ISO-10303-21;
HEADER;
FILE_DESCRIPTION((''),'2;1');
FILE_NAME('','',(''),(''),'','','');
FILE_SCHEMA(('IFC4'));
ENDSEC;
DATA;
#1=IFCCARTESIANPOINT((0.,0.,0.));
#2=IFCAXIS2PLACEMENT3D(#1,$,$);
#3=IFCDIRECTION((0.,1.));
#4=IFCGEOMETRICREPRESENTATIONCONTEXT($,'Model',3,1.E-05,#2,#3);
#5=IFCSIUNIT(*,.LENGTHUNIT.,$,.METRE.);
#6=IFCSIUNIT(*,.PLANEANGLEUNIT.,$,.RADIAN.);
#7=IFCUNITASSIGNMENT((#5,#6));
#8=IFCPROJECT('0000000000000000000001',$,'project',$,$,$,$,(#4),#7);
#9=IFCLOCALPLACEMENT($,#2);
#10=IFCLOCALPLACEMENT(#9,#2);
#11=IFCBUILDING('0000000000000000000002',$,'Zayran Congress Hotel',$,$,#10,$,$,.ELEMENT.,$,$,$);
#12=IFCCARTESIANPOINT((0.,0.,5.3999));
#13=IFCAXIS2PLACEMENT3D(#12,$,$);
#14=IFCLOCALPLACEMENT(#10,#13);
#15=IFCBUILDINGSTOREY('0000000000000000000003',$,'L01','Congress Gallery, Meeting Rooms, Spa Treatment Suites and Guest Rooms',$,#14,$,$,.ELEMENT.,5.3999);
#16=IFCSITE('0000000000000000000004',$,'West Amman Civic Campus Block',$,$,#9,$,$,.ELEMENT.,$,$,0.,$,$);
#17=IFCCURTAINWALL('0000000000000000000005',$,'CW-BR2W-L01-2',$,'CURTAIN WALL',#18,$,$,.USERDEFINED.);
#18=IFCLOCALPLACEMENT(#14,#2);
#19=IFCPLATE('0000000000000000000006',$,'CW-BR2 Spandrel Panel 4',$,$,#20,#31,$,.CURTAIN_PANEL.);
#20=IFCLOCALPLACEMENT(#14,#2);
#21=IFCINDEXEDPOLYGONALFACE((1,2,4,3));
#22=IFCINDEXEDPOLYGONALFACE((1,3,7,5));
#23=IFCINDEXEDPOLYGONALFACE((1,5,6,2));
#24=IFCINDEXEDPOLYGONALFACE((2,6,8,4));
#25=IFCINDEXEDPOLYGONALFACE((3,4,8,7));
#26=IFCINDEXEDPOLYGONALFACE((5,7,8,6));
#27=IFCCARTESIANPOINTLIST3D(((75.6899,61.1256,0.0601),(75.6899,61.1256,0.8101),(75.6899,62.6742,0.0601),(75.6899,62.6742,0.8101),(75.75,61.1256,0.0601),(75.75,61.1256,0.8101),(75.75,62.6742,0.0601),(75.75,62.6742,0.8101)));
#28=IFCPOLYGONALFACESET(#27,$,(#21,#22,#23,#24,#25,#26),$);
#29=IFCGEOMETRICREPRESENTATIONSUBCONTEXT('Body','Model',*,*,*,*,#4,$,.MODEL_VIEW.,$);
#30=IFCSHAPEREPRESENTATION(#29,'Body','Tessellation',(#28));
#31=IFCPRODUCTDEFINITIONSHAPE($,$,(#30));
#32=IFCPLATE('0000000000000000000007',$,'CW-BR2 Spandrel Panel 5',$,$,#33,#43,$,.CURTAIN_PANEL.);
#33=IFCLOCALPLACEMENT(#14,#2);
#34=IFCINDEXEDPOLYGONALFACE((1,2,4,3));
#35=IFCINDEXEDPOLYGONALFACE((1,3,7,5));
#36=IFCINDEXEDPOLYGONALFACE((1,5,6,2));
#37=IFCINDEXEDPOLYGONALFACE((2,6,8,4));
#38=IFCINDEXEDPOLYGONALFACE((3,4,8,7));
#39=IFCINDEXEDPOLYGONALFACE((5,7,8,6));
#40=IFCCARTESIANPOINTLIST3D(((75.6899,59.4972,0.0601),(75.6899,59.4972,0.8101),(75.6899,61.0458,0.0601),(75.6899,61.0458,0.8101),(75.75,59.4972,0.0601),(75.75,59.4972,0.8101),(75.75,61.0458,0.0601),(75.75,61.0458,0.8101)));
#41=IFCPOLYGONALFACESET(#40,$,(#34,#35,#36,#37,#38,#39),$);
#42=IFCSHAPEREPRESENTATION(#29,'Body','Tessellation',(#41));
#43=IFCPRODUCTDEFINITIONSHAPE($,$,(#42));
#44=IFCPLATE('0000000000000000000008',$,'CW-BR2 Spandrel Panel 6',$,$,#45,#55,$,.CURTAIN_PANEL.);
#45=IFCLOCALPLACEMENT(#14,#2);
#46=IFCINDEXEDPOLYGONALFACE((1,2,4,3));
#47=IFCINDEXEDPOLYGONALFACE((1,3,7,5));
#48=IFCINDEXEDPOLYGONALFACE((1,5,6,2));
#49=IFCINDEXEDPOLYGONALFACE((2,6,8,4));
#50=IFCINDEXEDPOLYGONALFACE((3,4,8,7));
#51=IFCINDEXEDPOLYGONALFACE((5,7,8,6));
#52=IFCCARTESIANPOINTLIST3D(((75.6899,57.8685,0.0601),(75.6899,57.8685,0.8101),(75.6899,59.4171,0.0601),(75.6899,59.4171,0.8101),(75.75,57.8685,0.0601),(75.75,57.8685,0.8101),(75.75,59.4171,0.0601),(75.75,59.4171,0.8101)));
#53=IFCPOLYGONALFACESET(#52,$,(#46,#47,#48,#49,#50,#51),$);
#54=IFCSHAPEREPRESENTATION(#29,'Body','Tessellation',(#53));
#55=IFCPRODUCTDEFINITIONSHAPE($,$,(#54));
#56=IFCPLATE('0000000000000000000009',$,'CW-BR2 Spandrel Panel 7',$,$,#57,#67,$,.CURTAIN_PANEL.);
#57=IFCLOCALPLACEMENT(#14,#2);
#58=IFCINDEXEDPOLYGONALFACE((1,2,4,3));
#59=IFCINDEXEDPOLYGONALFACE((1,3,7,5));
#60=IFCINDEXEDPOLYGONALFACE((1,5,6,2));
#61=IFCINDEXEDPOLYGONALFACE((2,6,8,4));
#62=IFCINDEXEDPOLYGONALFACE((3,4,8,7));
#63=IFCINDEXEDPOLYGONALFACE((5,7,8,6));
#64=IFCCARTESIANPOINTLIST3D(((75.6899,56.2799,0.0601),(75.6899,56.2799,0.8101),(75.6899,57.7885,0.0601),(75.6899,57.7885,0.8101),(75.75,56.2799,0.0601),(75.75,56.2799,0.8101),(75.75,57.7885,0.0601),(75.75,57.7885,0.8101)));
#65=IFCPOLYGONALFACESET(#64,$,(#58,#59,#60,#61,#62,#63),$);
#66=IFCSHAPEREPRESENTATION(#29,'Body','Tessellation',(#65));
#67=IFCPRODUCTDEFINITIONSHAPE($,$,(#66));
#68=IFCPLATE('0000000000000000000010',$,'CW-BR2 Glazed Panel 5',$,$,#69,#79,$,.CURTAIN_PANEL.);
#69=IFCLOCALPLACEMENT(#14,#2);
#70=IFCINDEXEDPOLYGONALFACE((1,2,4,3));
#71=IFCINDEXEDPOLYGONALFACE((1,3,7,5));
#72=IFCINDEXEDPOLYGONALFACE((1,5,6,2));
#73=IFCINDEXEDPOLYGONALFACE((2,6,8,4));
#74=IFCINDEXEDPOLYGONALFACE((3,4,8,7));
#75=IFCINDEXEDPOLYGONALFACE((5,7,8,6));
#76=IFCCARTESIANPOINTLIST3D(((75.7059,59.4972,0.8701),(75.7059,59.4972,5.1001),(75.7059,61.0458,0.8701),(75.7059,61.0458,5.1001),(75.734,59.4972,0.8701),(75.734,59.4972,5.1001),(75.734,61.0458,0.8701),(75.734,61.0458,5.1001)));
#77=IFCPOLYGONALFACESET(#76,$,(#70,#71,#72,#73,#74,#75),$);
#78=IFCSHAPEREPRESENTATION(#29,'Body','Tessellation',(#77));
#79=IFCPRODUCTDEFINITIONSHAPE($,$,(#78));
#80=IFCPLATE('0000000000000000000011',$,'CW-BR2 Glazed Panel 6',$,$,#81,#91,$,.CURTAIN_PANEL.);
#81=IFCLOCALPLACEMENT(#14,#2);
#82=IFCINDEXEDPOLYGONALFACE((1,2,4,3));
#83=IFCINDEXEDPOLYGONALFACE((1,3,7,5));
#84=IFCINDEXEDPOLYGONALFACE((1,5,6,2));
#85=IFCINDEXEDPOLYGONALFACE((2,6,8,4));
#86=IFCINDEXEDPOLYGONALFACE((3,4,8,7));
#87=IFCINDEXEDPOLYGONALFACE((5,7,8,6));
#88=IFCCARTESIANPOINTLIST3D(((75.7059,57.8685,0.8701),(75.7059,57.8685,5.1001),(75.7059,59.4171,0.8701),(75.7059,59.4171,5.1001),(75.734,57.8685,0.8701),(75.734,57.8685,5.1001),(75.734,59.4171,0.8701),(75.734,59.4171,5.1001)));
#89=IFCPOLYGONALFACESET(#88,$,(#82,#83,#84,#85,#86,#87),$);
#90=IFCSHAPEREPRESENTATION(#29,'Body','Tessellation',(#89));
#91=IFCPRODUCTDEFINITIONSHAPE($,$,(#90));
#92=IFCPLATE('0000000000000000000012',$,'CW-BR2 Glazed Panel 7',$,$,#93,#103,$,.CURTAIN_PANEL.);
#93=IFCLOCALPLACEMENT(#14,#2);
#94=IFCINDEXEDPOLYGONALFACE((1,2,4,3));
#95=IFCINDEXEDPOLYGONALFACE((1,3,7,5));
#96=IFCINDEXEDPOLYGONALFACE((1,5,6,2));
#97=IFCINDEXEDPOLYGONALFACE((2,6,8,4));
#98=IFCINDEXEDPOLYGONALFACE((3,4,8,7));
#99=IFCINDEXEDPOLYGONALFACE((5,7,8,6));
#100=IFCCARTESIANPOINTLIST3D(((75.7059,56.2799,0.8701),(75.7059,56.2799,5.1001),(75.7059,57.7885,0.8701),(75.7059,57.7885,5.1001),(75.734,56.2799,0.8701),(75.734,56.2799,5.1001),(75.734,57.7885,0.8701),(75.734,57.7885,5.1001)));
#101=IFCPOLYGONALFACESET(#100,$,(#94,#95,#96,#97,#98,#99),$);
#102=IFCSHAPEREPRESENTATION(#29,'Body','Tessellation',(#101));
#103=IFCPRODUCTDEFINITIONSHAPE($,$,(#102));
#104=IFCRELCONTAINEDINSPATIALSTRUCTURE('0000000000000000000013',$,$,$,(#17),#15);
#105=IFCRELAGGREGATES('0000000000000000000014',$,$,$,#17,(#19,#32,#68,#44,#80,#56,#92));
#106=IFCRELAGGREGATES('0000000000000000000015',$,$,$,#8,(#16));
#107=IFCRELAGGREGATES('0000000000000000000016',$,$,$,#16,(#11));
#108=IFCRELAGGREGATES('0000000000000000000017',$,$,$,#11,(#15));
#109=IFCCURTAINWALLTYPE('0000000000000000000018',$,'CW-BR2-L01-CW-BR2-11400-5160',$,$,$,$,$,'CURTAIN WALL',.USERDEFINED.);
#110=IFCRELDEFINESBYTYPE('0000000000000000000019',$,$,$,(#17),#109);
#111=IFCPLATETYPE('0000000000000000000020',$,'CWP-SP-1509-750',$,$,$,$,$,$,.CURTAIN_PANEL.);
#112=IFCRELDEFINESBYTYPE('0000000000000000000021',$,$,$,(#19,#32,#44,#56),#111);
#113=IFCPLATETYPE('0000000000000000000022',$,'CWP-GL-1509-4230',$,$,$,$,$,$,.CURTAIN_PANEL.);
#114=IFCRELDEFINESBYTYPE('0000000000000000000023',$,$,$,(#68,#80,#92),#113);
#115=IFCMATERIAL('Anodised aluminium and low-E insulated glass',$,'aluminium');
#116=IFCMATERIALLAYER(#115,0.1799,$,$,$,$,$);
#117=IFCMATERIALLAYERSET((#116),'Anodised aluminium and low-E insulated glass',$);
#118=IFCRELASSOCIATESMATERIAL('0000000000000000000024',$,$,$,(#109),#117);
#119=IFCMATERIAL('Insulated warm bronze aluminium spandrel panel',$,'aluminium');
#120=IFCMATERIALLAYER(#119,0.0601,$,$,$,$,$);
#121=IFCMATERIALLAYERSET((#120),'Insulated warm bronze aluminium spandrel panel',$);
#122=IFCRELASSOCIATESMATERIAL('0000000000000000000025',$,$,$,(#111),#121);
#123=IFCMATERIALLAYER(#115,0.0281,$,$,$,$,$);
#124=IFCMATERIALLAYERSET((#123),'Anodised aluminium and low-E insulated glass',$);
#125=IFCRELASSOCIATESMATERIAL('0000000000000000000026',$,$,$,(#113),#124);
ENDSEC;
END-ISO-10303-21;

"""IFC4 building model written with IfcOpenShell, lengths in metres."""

from ifc_helpers import new_model, si_unit, direction, frame, origin, origin_2d, place, context, subcontext, project, spatial, rectangle, extrude, material, layer, layer_set, type_object, element, aggregate, save


model = new_model("IFC4")

# Units and contexts
model_context = context("Model", 3, precision=1e-05, world=origin(), true_north=direction((0.0, 1.0)))
body_context = subcontext(model_context, "Body", "Model", "MODEL_VIEW")
ifc_project = project(units=[si_unit("LENGTHUNIT", "METRE"), si_unit("PLANEANGLEUNIT", "RADIAN")], contexts=[model_context])

# Site, building, storey
site_placement = place(None, origin())
site = spatial("IfcSite", under=ifc_project, at=site_placement, Name="West Amman Civic Campus Block", CompositionType="ELEMENT", RefElevation=0.0)
building_placement = place(site_placement, origin())
building = spatial("IfcBuilding", under=site, at=building_placement, Name="Zayran Congress Hotel", CompositionType="ELEMENT")
storey_placement = place(building_placement, frame((0.0, 0.0, 5.3999)))
storey = spatial("IfcBuildingStorey", under=building, at=storey_placement, Name="L01", Description="Congress Gallery, Meeting Rooms, Spa Treatment Suites and Guest Rooms", CompositionType="ELEMENT", Elevation=5.3999)

# Curtain wall
ifc_material_1 = material(Name="Anodised aluminium and low-E insulated glass", Category="aluminium")
ifc_layer_1 = layer(ifc_material_1, 0.1799)
ifc_layer_set_1 = layer_set([ifc_layer_1], Name="Anodised aluminium and low-E insulated glass")
curtain_wall_type_1 = type_object("IfcCurtainWallType", Name="CW-BR2-L01-CW-BR2-11400-5160", ElementType="CURTAIN WALL", PredefinedType="USERDEFINED", material=ifc_layer_set_1)
curtain_wall_1_placement = place(storey_placement, origin())
curtain_wall_1 = element("IfcCurtainWall", 1, at=curtain_wall_1_placement, inside=storey, type_object=curtain_wall_type_1, Name="CW-BR2W-L01-2", ObjectType="CURTAIN WALL", PredefinedType="USERDEFINED")

# Plates
ifc_material_2 = material(Name="Insulated warm bronze aluminium spandrel panel", Category="aluminium")
ifc_layer_2 = layer(ifc_material_2, 0.0601)
ifc_layer_set_2 = layer_set([ifc_layer_2], Name="Insulated warm bronze aluminium spandrel panel")
plate_type_1 = type_object("IfcPlateType", Name="CWP-SP-1509-750", PredefinedType="CURTAIN_PANEL", material=ifc_layer_set_2)
plate_1_placement = place(storey_placement, frame((75.72, 61.8999, 0.0601), z_axis=(0.0, 0.0, 1.0), x_axis=(0.0, 1.0, 0.0)))
plate_1 = element("IfcPlate", 2, at=plate_1_placement, type_object=plate_type_1, Name="CW-BR2 Spandrel Panel 4", PredefinedType="CURTAIN_PANEL", context=body_context, shape_type="SweptSolid", body=[
    extrude(rectangle(XDim=1.5486, YDim=0.0601, at=origin_2d()), origin(), (0.0, 0.0, 1.0), 0.75),
])
plate_2_placement = place(storey_placement, frame((75.72, 60.2715, 0.0601), z_axis=(0.0, 0.0, 1.0), x_axis=(0.0, 1.0, 0.0)))
plate_2 = element("IfcPlate", 3, at=plate_2_placement, type_object=plate_type_1, Name="CW-BR2 Spandrel Panel 5", PredefinedType="CURTAIN_PANEL", context=body_context, shape_type="SweptSolid", body=[
    extrude(rectangle(XDim=1.5486, YDim=0.0601, at=origin_2d()), origin(), (0.0, 0.0, 1.0), 0.75),
])
plate_3_placement = place(storey_placement, frame((75.72, 58.6428, 0.0601), z_axis=(0.0, 0.0, 1.0), x_axis=(0.0, 1.0, 0.0)))
plate_3 = element("IfcPlate", 4, at=plate_3_placement, type_object=plate_type_1, Name="CW-BR2 Spandrel Panel 6", PredefinedType="CURTAIN_PANEL", context=body_context, shape_type="SweptSolid", body=[
    extrude(rectangle(XDim=1.5486, YDim=0.0601, at=origin_2d()), origin(), (0.0, 0.0, 1.0), 0.75),
])
plate_4_placement = place(storey_placement, frame((75.72, 57.0342, 0.0601), z_axis=(0.0, 0.0, 1.0), x_axis=(0.0, 1.0, 0.0)))
plate_4 = element("IfcPlate", 5, at=plate_4_placement, type_object=plate_type_1, Name="CW-BR2 Spandrel Panel 7", PredefinedType="CURTAIN_PANEL", context=body_context, shape_type="SweptSolid", body=[
    extrude(rectangle(XDim=1.5085, YDim=0.0601, at=origin_2d()), origin(), (0.0, 0.0, 1.0), 0.75),
])
ifc_layer_3 = layer(ifc_material_1, 0.0281)
ifc_layer_set_3 = layer_set([ifc_layer_3], Name="Anodised aluminium and low-E insulated glass")
plate_type_2 = type_object("IfcPlateType", Name="CWP-GL-1509-4230", PredefinedType="CURTAIN_PANEL", material=ifc_layer_set_3)
plate_5_placement = place(storey_placement, frame((75.72, 60.2715, 0.8701), z_axis=(0.0, 0.0, 1.0), x_axis=(0.0, 1.0, 0.0)))
plate_5 = element("IfcPlate", 6, at=plate_5_placement, type_object=plate_type_2, Name="CW-BR2 Glazed Panel 5", PredefinedType="CURTAIN_PANEL", context=body_context, shape_type="SweptSolid", body=[
    extrude(rectangle(XDim=1.5486, YDim=0.0281, at=origin_2d()), origin(), (0.0, 0.0, 1.0), 4.23),
])
plate_6_placement = place(storey_placement, frame((75.72, 58.6428, 0.8701), z_axis=(0.0, 0.0, 1.0), x_axis=(0.0, 1.0, 0.0)))
plate_6 = element("IfcPlate", 7, at=plate_6_placement, type_object=plate_type_2, Name="CW-BR2 Glazed Panel 6", PredefinedType="CURTAIN_PANEL", context=body_context, shape_type="SweptSolid", body=[
    extrude(rectangle(XDim=1.5486, YDim=0.0281, at=origin_2d()), origin(), (0.0, 0.0, 1.0), 4.23),
])
plate_7_placement = place(storey_placement, frame((75.72, 57.0342, 0.8701), z_axis=(0.0, 0.0, 1.0), x_axis=(0.0, 1.0, 0.0)))
plate_7 = element("IfcPlate", 8, at=plate_7_placement, type_object=plate_type_2, Name="CW-BR2 Glazed Panel 7", PredefinedType="CURTAIN_PANEL", context=body_context, shape_type="SweptSolid", body=[
    extrude(rectangle(XDim=1.5085, YDim=0.0281, at=origin_2d()), origin(), (0.0, 0.0, 1.0), 4.23),
])
aggregate(curtain_wall_1, [plate_1, plate_2, plate_5, plate_3, plate_6, plate_4, plate_7])

save(model, "model.ifc")
